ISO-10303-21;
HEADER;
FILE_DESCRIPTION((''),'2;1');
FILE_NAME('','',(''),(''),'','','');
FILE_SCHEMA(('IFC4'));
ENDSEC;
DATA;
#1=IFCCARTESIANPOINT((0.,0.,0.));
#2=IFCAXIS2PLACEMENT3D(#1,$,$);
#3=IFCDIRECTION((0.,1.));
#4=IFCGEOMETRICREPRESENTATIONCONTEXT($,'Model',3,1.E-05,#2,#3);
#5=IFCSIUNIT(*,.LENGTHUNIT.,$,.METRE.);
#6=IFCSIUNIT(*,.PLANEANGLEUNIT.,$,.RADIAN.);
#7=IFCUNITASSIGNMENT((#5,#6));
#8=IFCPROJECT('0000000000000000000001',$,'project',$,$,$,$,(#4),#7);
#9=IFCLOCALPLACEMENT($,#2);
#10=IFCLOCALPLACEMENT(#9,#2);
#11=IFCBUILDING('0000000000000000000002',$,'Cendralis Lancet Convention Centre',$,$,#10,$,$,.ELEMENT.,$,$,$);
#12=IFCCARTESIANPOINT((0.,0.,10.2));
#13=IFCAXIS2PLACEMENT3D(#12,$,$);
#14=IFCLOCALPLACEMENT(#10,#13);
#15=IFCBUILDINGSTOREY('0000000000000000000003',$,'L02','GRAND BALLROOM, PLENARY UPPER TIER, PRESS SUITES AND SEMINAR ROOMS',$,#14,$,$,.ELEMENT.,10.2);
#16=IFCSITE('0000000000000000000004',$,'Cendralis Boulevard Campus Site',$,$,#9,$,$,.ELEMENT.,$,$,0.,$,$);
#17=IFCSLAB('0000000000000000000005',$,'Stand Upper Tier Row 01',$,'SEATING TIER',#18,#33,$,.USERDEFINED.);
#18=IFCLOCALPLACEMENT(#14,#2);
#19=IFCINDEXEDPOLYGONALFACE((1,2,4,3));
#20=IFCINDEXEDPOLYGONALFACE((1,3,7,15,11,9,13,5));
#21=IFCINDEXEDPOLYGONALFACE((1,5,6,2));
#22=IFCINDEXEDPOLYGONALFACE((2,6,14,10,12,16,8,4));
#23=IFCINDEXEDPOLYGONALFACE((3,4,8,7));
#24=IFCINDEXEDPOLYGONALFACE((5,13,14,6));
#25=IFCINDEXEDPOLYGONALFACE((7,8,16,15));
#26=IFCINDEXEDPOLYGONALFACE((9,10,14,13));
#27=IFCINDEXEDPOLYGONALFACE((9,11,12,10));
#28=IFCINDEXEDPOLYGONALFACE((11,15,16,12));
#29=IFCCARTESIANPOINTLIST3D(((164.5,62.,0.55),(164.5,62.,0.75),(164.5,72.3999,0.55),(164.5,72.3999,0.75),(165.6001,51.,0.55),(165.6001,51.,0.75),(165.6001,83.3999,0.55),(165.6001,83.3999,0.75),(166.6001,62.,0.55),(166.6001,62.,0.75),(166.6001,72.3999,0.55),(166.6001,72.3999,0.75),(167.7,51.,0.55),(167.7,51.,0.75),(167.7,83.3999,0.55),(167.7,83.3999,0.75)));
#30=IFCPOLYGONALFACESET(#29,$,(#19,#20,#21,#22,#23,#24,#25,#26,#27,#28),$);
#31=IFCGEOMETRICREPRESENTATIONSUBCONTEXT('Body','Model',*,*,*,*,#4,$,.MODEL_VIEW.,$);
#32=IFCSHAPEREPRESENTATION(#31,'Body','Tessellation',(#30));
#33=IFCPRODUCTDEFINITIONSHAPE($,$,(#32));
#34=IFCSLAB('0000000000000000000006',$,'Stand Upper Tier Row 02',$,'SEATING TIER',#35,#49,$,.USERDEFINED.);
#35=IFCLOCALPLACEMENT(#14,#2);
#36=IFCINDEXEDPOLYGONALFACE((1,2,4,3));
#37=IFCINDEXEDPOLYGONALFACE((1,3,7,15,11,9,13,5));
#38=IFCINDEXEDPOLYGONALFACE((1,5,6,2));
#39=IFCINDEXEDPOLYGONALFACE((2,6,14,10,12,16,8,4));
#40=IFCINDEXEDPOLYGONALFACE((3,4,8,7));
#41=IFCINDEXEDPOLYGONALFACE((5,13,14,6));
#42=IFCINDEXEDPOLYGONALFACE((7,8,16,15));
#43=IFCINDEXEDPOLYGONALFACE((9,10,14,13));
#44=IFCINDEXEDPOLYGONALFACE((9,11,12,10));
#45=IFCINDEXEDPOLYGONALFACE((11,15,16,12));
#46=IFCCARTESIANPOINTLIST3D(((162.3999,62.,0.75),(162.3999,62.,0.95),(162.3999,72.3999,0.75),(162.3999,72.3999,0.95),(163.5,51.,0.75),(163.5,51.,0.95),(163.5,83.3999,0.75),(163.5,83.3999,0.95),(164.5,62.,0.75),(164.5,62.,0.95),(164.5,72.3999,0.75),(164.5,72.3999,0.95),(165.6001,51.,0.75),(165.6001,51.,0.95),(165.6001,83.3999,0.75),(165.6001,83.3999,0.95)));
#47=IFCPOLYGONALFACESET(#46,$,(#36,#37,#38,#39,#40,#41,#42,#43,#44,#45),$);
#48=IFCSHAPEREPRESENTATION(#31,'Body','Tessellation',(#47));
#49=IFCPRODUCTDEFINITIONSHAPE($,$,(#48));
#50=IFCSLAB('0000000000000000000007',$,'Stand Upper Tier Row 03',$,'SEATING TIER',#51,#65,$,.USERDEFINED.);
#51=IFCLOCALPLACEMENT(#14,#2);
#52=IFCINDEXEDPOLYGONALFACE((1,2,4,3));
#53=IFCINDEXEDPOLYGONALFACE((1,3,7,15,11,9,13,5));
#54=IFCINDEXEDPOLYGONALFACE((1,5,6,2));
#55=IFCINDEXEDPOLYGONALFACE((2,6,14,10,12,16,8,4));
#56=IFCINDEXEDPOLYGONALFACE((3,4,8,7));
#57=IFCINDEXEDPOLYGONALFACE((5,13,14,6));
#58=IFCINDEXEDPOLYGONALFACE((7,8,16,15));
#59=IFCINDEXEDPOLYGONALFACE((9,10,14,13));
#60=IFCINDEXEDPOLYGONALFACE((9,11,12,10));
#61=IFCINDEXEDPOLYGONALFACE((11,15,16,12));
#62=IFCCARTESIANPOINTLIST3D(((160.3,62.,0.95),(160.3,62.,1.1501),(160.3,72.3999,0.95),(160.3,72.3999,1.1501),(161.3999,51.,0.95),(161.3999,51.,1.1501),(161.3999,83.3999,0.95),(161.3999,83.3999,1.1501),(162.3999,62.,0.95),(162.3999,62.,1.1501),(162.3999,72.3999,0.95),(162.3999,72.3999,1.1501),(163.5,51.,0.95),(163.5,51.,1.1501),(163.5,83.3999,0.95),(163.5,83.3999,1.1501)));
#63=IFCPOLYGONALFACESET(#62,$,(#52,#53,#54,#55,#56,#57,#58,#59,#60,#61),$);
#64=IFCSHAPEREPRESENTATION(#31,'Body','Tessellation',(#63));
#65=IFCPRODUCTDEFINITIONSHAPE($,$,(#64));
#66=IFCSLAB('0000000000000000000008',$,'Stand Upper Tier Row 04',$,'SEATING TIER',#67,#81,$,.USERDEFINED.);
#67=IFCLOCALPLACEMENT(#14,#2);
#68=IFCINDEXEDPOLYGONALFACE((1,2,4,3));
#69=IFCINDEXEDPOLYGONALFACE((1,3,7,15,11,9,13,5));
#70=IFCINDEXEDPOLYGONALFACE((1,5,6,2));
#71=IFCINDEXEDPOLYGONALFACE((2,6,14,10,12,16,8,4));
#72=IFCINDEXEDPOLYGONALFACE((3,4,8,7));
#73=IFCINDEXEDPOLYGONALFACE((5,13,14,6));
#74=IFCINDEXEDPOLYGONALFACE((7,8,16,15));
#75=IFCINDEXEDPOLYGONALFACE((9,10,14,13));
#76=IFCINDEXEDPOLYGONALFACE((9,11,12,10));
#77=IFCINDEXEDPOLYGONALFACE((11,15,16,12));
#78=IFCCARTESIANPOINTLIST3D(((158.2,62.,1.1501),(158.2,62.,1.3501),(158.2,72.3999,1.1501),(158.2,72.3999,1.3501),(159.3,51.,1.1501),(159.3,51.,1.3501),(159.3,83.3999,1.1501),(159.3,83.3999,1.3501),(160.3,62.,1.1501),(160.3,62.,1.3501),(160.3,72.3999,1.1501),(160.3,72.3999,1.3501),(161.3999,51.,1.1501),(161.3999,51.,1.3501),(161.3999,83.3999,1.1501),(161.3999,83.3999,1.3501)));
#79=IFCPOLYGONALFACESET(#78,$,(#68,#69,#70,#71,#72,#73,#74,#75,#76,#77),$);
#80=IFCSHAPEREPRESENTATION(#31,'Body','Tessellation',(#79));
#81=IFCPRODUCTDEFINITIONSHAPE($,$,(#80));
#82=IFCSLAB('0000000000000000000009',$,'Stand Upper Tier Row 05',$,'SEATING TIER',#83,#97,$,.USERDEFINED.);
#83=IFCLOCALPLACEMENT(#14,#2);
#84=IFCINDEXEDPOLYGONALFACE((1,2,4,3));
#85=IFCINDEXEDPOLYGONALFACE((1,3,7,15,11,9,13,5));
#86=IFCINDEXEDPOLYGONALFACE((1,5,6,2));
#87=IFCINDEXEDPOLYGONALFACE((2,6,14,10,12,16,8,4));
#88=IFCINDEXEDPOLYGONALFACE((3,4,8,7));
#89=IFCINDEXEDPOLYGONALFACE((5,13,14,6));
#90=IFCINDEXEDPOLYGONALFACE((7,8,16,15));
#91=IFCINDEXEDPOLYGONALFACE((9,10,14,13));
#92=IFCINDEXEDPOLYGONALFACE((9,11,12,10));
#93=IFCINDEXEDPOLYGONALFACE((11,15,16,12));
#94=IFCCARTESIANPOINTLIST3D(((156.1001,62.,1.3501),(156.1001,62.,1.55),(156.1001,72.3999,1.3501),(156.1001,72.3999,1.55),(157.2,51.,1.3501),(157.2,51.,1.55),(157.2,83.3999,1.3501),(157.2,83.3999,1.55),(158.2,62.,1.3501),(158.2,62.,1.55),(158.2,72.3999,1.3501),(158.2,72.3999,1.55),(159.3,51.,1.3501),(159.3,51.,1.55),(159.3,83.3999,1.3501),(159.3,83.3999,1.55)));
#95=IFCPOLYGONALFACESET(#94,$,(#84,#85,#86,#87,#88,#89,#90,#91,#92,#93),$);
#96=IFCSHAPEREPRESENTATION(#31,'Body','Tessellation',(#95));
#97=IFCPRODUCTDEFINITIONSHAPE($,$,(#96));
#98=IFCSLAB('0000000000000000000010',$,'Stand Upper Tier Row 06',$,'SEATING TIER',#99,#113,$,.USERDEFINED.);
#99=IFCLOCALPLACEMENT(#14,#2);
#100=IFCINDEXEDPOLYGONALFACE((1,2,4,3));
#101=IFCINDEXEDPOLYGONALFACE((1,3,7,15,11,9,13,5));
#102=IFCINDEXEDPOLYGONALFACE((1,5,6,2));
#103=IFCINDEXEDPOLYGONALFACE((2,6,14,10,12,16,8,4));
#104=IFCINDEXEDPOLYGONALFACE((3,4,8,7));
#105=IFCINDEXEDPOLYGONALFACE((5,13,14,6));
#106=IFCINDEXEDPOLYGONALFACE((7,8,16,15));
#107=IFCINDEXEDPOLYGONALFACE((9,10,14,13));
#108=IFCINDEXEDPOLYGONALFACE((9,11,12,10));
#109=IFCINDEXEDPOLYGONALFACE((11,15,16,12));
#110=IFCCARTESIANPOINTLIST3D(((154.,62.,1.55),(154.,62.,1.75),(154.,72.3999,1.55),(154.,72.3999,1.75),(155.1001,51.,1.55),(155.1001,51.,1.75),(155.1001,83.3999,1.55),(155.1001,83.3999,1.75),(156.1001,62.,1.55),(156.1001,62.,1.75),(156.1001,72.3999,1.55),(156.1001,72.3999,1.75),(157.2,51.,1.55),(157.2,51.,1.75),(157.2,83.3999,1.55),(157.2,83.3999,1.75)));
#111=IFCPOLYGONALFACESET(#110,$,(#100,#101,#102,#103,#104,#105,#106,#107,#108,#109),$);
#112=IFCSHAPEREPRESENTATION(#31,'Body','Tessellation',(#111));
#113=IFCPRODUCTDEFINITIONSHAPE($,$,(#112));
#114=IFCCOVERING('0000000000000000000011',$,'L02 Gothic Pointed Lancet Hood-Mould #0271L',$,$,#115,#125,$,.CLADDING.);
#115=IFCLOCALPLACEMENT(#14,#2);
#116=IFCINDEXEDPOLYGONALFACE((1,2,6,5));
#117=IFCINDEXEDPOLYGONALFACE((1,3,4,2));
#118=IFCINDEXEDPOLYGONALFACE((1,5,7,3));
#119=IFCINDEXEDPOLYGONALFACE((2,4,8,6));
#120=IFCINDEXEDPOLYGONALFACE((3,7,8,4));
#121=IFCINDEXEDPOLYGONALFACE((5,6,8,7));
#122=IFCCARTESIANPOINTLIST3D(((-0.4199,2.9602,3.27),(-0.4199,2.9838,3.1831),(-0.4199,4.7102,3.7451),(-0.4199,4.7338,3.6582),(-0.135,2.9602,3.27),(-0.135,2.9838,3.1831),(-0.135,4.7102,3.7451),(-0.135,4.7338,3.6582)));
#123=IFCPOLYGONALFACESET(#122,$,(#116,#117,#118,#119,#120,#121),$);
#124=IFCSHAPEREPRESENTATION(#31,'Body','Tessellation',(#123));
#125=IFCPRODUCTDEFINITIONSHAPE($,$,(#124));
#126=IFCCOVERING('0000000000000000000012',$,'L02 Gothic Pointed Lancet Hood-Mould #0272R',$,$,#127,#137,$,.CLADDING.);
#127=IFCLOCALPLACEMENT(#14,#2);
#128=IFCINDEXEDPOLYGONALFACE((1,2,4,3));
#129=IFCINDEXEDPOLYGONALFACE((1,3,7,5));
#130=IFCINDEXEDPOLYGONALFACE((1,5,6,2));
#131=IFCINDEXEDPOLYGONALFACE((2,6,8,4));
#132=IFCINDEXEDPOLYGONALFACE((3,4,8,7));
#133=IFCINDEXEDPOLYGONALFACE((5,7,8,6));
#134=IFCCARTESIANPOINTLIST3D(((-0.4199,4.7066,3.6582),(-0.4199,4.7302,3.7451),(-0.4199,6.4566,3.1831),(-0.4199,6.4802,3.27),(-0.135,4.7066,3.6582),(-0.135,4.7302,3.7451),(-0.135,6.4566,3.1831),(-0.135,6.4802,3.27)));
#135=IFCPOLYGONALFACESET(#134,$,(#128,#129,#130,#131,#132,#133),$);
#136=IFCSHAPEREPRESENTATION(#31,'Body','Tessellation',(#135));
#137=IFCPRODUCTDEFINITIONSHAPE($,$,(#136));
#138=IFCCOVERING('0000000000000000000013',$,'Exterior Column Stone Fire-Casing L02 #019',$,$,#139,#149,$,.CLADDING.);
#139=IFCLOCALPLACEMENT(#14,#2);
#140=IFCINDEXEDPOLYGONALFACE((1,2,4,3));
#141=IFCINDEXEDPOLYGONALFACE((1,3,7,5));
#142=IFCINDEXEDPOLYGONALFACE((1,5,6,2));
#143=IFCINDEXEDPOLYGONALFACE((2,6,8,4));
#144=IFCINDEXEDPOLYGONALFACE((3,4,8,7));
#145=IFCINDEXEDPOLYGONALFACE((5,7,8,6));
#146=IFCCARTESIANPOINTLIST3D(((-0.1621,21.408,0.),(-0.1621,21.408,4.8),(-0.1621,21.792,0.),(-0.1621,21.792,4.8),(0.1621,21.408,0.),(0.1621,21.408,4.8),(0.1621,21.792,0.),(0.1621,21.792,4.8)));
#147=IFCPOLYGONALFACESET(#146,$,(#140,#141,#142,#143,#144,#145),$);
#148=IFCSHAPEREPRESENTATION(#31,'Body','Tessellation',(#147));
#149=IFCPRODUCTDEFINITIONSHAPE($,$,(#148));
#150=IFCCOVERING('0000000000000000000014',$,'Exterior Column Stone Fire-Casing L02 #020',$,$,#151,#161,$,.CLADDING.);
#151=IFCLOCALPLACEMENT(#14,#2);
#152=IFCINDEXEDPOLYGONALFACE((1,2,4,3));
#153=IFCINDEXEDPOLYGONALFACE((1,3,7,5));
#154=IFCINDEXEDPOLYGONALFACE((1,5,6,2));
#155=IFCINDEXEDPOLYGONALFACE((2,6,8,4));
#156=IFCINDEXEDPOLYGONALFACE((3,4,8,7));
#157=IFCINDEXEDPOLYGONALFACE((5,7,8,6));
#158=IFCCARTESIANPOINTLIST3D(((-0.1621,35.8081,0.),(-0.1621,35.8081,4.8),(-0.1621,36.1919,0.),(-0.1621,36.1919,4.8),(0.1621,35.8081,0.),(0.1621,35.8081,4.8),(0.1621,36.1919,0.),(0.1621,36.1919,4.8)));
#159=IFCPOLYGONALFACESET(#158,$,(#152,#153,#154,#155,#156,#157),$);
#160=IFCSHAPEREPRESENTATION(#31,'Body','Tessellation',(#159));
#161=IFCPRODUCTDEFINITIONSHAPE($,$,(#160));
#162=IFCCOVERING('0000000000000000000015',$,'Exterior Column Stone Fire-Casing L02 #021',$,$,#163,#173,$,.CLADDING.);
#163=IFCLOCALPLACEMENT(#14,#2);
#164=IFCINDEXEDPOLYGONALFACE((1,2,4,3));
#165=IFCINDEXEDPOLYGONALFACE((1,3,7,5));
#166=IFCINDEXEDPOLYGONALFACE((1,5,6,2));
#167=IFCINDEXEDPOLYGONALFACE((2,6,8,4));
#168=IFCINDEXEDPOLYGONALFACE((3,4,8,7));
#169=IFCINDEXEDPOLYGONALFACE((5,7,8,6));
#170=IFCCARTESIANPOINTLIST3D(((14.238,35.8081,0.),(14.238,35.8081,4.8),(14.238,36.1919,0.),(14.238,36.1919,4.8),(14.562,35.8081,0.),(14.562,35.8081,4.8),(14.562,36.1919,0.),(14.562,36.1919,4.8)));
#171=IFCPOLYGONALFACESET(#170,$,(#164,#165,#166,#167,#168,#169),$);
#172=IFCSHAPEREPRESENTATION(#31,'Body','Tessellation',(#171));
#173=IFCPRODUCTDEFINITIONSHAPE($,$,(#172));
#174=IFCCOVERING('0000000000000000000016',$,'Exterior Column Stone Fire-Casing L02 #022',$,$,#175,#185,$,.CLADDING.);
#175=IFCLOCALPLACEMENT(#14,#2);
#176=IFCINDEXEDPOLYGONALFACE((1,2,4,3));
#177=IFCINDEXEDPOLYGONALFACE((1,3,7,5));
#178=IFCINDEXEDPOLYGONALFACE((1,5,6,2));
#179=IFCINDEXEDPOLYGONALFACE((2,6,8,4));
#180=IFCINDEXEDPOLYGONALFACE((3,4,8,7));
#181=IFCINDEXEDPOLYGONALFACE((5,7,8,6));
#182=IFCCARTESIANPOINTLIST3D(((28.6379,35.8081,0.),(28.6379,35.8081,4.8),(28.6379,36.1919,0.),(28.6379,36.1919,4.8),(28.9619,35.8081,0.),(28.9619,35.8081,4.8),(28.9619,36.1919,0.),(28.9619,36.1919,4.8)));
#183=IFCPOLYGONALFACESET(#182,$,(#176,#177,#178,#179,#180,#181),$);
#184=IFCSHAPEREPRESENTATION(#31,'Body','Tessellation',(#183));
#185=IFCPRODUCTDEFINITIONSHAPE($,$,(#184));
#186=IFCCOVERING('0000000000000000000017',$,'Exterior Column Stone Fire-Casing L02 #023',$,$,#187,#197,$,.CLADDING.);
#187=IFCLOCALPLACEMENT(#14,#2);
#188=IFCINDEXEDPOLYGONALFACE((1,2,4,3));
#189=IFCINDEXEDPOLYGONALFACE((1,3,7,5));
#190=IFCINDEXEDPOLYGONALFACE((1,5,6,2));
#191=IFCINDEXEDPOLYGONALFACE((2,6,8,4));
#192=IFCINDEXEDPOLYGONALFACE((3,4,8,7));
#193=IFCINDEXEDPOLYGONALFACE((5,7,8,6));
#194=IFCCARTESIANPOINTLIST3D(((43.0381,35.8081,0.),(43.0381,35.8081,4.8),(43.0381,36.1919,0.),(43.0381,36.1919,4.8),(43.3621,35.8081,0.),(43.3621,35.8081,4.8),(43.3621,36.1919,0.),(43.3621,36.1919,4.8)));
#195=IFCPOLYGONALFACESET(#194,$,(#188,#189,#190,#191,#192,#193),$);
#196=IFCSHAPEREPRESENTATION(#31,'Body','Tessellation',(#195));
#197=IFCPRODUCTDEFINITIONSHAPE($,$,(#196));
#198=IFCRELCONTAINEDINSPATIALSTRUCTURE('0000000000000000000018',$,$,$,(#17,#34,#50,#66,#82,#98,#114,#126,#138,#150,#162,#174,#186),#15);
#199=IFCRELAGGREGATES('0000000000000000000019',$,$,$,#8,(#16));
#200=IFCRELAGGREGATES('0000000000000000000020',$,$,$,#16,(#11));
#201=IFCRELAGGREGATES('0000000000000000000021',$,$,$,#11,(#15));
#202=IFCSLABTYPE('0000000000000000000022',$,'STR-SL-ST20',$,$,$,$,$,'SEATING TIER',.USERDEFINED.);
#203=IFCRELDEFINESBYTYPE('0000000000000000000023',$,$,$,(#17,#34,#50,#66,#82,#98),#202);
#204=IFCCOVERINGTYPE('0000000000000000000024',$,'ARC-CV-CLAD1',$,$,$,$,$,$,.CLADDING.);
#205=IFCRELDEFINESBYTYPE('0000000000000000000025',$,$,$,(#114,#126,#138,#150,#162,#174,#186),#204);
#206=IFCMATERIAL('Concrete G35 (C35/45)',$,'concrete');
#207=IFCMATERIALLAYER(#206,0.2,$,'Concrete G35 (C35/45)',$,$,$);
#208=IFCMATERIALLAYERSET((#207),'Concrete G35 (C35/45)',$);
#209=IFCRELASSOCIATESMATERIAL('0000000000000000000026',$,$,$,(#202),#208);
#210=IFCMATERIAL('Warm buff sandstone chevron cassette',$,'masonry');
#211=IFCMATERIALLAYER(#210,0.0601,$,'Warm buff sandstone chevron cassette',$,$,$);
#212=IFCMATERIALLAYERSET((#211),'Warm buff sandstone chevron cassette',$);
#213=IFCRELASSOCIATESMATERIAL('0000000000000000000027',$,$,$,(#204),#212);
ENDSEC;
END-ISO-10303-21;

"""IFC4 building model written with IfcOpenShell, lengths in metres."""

from ifc_helpers import new_model, si_unit, direction, frame, origin, place, context, subcontext, project, spatial, polyline, outline, extrude, material, layer, layer_set, type_object, element, save


model = new_model("IFC4")

# Units and contexts
model_context = context("Model", 3, precision=1e-05, world=origin(), true_north=direction((0.0, 1.0)))
body_context = subcontext(model_context, "Body", "Model", "MODEL_VIEW")
ifc_project = project(units=[si_unit("LENGTHUNIT", "METRE"), si_unit("PLANEANGLEUNIT", "RADIAN")], contexts=[model_context])

# Site, building, storey
site_placement = place(None, origin())
site = spatial("IfcSite", under=ifc_project, at=site_placement, Name="Cendralis Boulevard Campus Site", CompositionType="ELEMENT", RefElevation=0.0)
building_placement = place(site_placement, origin())
building = spatial("IfcBuilding", under=site, at=building_placement, Name="Cendralis Lancet Convention Centre", CompositionType="ELEMENT")
storey_placement = place(building_placement, frame((0.0, 0.0, 10.2)))
storey = spatial("IfcBuildingStorey", under=building, at=storey_placement, Name="L02", Description="GRAND BALLROOM, PLENARY UPPER TIER, PRESS SUITES AND SEMINAR ROOMS", CompositionType="ELEMENT", Elevation=10.2)

# Slabs
ifc_material_1 = material(Name="Concrete G35 (C35/45)", Category="concrete")
ifc_layer_1 = layer(ifc_material_1, 0.2, Name="Concrete G35 (C35/45)")
ifc_layer_set_1 = layer_set([ifc_layer_1], Name="Concrete G35 (C35/45)")
slab_type = type_object("IfcSlabType", Name="STR-SL-ST20", ElementType="SEATING TIER", PredefinedType="USERDEFINED", material=ifc_layer_set_1)
slab_1_placement = place(storey_placement, frame((0.0, 0.0, 0.55)))
element("IfcSlab", 1, at=slab_1_placement, inside=storey, type_object=slab_type, Name="Stand Upper Tier Row 01", ObjectType="SEATING TIER", PredefinedType="USERDEFINED", context=body_context, shape_type="SweptSolid", body=[
    extrude(outline(polyline([(165.6001, 51.0), (167.7, 51.0), (166.6001, 62.0), (166.6001, 72.3999), (167.7, 83.3999), (165.6001, 83.3999), (164.5, 72.3999), (164.5, 62.0), (165.6001, 51.0)])), origin(), (0.0, 0.0, 1.0), 0.2),
])
slab_2_placement = place(storey_placement, frame((0.0, 0.0, 0.75)))
element("IfcSlab", 2, at=slab_2_placement, inside=storey, type_object=slab_type, Name="Stand Upper Tier Row 02", ObjectType="SEATING TIER", PredefinedType="USERDEFINED", context=body_context, shape_type="SweptSolid", body=[
    extrude(outline(polyline([(163.5, 51.0), (165.6001, 51.0), (164.5, 62.0), (164.5, 72.3999), (165.6001, 83.3999), (163.5, 83.3999), (162.3999, 72.3999), (162.3999, 62.0), (163.5, 51.0)])), origin(), (0.0, 0.0, 1.0), 0.2),
])
slab_3_placement = place(storey_placement, frame((0.0, 0.0, 0.95)))
element("IfcSlab", 3, at=slab_3_placement, inside=storey, type_object=slab_type, Name="Stand Upper Tier Row 03", ObjectType="SEATING TIER", PredefinedType="USERDEFINED", context=body_context, shape_type="SweptSolid", body=[
    extrude(outline(polyline([(161.3999, 51.0), (163.5, 51.0), (162.3999, 62.0), (162.3999, 72.3999), (163.5, 83.3999), (161.3999, 83.3999), (160.3, 72.3999), (160.3, 62.0), (161.3999, 51.0)])), origin(), (0.0, 0.0, 1.0), 0.2002),
])
slab_4_placement = place(storey_placement, frame((0.0, 0.0, 1.1501)))
element("IfcSlab", 4, at=slab_4_placement, inside=storey, type_object=slab_type, Name="Stand Upper Tier Row 04", ObjectType="SEATING TIER", PredefinedType="USERDEFINED", context=body_context, shape_type="SweptSolid", body=[
    extrude(outline(polyline([(159.3, 51.0), (161.3999, 51.0), (160.3, 62.0), (160.3, 72.3999), (161.3999, 83.3999), (159.3, 83.3999), (158.2, 72.3999), (158.2, 62.0), (159.3, 51.0)])), origin(), (0.0, 0.0, 1.0), 0.2),
])
slab_5_placement = place(storey_placement, frame((0.0, 0.0, 1.3501)))
element("IfcSlab", 5, at=slab_5_placement, inside=storey, type_object=slab_type, Name="Stand Upper Tier Row 05", ObjectType="SEATING TIER", PredefinedType="USERDEFINED", context=body_context, shape_type="SweptSolid", body=[
    extrude(outline(polyline([(157.2, 51.0), (159.3, 51.0), (158.2, 62.0), (158.2, 72.3999), (159.3, 83.3999), (157.2, 83.3999), (156.1001, 72.3999), (156.1001, 62.0), (157.2, 51.0)])), origin(), (0.0, 0.0, 1.0), 0.2),
])
slab_6_placement = place(storey_placement, frame((0.0, 0.0, 1.55)))
element("IfcSlab", 6, at=slab_6_placement, inside=storey, type_object=slab_type, Name="Stand Upper Tier Row 06", ObjectType="SEATING TIER", PredefinedType="USERDEFINED", context=body_context, shape_type="SweptSolid", body=[
    extrude(outline(polyline([(155.1001, 51.0), (157.2, 51.0), (156.1001, 62.0), (156.1001, 72.3999), (157.2, 83.3999), (155.1001, 83.3999), (154.0, 72.3999), (154.0, 62.0), (155.1001, 51.0)])), origin(), (0.0, 0.0, 1.0), 0.2),
])

# Coverings
ifc_material_2 = material(Name="Warm buff sandstone chevron cassette", Category="masonry")
ifc_layer_2 = layer(ifc_material_2, 0.0601, Name="Warm buff sandstone chevron cassette")
ifc_layer_set_2 = layer_set([ifc_layer_2], Name="Warm buff sandstone chevron cassette")
covering_type_1 = type_object("IfcCoveringType", Name="ARC-CV-CLAD1", PredefinedType="CLADDING", material=ifc_layer_set_2)
for number, where, z_axis, x_axis, name in (
    (7, (-0.4199, 2.9602, 3.27), (0.0, -0.262001, 0.965068), (1.0, 0.0, 0.0), "L02 Gothic Pointed Lancet Hood-Mould #0271L"),
    (8, (-0.4199, 4.7302, 3.7451), (0.0, 0.262001, 0.965068), (1.0, 0.0, 0.0), "L02 Gothic Pointed Lancet Hood-Mould #0272R"),
):
    element("IfcCovering", number, at=place(storey_placement, frame(where, z_axis=z_axis, x_axis=x_axis)), inside=storey, type_object=covering_type_1, Name=name, PredefinedType="CLADDING", context=body_context, shape_type="SweptSolid", body=[
        extrude(outline(polyline([(0.0, 0.0), (0.2849, 0.0), (0.2849, 1.8133), (0.0, 1.8133), (0.0, 0.0)])), origin(), (0.0, 0.0, -1.0), 0.0901),
    ])
covering_1_placement = place(storey_placement, origin())
element("IfcCovering", 9, at=covering_1_placement, inside=storey, type_object=covering_type_1, Name="Exterior Column Stone Fire-Casing L02 #019", PredefinedType="CLADDING", context=body_context, shape_type="SweptSolid", body=[
    extrude(outline(polyline([(-0.1621, 21.408), (0.1621, 21.408), (0.1621, 21.792), (-0.1621, 21.792), (-0.1621, 21.408)])), origin(), (0.0, 0.0, 1.0), 4.8),
])
covering_2_placement = place(storey_placement, origin())
element("IfcCovering", 10, at=covering_2_placement, inside=storey, type_object=covering_type_1, Name="Exterior Column Stone Fire-Casing L02 #020", PredefinedType="CLADDING", context=body_context, shape_type="SweptSolid", body=[
    extrude(outline(polyline([(-0.1621, 35.8081), (0.1621, 35.8081), (0.1621, 36.1919), (-0.1621, 36.1919), (-0.1621, 35.8081)])), origin(), (0.0, 0.0, 1.0), 4.8),
])
covering_3_placement = place(storey_placement, origin())
element("IfcCovering", 11, at=covering_3_placement, inside=storey, type_object=covering_type_1, Name="Exterior Column Stone Fire-Casing L02 #021", PredefinedType="CLADDING", context=body_context, shape_type="SweptSolid", body=[
    extrude(outline(polyline([(14.238, 35.8081), (14.562, 35.8081), (14.562, 36.1919), (14.238, 36.1919), (14.238, 35.8081)])), origin(), (0.0, 0.0, 1.0), 4.8),
])
covering_4_placement = place(storey_placement, origin())
element("IfcCovering", 12, at=covering_4_placement, inside=storey, type_object=covering_type_1, Name="Exterior Column Stone Fire-Casing L02 #022", PredefinedType="CLADDING", context=body_context, shape_type="SweptSolid", body=[
    extrude(outline(polyline([(28.6379, 35.8081), (28.9619, 35.8081), (28.9619, 36.1919), (28.6379, 36.1919), (28.6379, 35.8081)])), origin(), (0.0, 0.0, 1.0), 4.8),
])
covering_5_placement = place(storey_placement, origin())
element("IfcCovering", 13, at=covering_5_placement, inside=storey, type_object=covering_type_1, Name="Exterior Column Stone Fire-Casing L02 #023", PredefinedType="CLADDING", context=body_context, shape_type="SweptSolid", body=[
    extrude(outline(polyline([(43.0381, 35.8081), (43.3621, 35.8081), (43.3621, 36.1919), (43.0381, 36.1919), (43.0381, 35.8081)])), origin(), (0.0, 0.0, 1.0), 4.8),
])

save(model, "model.ifc")
